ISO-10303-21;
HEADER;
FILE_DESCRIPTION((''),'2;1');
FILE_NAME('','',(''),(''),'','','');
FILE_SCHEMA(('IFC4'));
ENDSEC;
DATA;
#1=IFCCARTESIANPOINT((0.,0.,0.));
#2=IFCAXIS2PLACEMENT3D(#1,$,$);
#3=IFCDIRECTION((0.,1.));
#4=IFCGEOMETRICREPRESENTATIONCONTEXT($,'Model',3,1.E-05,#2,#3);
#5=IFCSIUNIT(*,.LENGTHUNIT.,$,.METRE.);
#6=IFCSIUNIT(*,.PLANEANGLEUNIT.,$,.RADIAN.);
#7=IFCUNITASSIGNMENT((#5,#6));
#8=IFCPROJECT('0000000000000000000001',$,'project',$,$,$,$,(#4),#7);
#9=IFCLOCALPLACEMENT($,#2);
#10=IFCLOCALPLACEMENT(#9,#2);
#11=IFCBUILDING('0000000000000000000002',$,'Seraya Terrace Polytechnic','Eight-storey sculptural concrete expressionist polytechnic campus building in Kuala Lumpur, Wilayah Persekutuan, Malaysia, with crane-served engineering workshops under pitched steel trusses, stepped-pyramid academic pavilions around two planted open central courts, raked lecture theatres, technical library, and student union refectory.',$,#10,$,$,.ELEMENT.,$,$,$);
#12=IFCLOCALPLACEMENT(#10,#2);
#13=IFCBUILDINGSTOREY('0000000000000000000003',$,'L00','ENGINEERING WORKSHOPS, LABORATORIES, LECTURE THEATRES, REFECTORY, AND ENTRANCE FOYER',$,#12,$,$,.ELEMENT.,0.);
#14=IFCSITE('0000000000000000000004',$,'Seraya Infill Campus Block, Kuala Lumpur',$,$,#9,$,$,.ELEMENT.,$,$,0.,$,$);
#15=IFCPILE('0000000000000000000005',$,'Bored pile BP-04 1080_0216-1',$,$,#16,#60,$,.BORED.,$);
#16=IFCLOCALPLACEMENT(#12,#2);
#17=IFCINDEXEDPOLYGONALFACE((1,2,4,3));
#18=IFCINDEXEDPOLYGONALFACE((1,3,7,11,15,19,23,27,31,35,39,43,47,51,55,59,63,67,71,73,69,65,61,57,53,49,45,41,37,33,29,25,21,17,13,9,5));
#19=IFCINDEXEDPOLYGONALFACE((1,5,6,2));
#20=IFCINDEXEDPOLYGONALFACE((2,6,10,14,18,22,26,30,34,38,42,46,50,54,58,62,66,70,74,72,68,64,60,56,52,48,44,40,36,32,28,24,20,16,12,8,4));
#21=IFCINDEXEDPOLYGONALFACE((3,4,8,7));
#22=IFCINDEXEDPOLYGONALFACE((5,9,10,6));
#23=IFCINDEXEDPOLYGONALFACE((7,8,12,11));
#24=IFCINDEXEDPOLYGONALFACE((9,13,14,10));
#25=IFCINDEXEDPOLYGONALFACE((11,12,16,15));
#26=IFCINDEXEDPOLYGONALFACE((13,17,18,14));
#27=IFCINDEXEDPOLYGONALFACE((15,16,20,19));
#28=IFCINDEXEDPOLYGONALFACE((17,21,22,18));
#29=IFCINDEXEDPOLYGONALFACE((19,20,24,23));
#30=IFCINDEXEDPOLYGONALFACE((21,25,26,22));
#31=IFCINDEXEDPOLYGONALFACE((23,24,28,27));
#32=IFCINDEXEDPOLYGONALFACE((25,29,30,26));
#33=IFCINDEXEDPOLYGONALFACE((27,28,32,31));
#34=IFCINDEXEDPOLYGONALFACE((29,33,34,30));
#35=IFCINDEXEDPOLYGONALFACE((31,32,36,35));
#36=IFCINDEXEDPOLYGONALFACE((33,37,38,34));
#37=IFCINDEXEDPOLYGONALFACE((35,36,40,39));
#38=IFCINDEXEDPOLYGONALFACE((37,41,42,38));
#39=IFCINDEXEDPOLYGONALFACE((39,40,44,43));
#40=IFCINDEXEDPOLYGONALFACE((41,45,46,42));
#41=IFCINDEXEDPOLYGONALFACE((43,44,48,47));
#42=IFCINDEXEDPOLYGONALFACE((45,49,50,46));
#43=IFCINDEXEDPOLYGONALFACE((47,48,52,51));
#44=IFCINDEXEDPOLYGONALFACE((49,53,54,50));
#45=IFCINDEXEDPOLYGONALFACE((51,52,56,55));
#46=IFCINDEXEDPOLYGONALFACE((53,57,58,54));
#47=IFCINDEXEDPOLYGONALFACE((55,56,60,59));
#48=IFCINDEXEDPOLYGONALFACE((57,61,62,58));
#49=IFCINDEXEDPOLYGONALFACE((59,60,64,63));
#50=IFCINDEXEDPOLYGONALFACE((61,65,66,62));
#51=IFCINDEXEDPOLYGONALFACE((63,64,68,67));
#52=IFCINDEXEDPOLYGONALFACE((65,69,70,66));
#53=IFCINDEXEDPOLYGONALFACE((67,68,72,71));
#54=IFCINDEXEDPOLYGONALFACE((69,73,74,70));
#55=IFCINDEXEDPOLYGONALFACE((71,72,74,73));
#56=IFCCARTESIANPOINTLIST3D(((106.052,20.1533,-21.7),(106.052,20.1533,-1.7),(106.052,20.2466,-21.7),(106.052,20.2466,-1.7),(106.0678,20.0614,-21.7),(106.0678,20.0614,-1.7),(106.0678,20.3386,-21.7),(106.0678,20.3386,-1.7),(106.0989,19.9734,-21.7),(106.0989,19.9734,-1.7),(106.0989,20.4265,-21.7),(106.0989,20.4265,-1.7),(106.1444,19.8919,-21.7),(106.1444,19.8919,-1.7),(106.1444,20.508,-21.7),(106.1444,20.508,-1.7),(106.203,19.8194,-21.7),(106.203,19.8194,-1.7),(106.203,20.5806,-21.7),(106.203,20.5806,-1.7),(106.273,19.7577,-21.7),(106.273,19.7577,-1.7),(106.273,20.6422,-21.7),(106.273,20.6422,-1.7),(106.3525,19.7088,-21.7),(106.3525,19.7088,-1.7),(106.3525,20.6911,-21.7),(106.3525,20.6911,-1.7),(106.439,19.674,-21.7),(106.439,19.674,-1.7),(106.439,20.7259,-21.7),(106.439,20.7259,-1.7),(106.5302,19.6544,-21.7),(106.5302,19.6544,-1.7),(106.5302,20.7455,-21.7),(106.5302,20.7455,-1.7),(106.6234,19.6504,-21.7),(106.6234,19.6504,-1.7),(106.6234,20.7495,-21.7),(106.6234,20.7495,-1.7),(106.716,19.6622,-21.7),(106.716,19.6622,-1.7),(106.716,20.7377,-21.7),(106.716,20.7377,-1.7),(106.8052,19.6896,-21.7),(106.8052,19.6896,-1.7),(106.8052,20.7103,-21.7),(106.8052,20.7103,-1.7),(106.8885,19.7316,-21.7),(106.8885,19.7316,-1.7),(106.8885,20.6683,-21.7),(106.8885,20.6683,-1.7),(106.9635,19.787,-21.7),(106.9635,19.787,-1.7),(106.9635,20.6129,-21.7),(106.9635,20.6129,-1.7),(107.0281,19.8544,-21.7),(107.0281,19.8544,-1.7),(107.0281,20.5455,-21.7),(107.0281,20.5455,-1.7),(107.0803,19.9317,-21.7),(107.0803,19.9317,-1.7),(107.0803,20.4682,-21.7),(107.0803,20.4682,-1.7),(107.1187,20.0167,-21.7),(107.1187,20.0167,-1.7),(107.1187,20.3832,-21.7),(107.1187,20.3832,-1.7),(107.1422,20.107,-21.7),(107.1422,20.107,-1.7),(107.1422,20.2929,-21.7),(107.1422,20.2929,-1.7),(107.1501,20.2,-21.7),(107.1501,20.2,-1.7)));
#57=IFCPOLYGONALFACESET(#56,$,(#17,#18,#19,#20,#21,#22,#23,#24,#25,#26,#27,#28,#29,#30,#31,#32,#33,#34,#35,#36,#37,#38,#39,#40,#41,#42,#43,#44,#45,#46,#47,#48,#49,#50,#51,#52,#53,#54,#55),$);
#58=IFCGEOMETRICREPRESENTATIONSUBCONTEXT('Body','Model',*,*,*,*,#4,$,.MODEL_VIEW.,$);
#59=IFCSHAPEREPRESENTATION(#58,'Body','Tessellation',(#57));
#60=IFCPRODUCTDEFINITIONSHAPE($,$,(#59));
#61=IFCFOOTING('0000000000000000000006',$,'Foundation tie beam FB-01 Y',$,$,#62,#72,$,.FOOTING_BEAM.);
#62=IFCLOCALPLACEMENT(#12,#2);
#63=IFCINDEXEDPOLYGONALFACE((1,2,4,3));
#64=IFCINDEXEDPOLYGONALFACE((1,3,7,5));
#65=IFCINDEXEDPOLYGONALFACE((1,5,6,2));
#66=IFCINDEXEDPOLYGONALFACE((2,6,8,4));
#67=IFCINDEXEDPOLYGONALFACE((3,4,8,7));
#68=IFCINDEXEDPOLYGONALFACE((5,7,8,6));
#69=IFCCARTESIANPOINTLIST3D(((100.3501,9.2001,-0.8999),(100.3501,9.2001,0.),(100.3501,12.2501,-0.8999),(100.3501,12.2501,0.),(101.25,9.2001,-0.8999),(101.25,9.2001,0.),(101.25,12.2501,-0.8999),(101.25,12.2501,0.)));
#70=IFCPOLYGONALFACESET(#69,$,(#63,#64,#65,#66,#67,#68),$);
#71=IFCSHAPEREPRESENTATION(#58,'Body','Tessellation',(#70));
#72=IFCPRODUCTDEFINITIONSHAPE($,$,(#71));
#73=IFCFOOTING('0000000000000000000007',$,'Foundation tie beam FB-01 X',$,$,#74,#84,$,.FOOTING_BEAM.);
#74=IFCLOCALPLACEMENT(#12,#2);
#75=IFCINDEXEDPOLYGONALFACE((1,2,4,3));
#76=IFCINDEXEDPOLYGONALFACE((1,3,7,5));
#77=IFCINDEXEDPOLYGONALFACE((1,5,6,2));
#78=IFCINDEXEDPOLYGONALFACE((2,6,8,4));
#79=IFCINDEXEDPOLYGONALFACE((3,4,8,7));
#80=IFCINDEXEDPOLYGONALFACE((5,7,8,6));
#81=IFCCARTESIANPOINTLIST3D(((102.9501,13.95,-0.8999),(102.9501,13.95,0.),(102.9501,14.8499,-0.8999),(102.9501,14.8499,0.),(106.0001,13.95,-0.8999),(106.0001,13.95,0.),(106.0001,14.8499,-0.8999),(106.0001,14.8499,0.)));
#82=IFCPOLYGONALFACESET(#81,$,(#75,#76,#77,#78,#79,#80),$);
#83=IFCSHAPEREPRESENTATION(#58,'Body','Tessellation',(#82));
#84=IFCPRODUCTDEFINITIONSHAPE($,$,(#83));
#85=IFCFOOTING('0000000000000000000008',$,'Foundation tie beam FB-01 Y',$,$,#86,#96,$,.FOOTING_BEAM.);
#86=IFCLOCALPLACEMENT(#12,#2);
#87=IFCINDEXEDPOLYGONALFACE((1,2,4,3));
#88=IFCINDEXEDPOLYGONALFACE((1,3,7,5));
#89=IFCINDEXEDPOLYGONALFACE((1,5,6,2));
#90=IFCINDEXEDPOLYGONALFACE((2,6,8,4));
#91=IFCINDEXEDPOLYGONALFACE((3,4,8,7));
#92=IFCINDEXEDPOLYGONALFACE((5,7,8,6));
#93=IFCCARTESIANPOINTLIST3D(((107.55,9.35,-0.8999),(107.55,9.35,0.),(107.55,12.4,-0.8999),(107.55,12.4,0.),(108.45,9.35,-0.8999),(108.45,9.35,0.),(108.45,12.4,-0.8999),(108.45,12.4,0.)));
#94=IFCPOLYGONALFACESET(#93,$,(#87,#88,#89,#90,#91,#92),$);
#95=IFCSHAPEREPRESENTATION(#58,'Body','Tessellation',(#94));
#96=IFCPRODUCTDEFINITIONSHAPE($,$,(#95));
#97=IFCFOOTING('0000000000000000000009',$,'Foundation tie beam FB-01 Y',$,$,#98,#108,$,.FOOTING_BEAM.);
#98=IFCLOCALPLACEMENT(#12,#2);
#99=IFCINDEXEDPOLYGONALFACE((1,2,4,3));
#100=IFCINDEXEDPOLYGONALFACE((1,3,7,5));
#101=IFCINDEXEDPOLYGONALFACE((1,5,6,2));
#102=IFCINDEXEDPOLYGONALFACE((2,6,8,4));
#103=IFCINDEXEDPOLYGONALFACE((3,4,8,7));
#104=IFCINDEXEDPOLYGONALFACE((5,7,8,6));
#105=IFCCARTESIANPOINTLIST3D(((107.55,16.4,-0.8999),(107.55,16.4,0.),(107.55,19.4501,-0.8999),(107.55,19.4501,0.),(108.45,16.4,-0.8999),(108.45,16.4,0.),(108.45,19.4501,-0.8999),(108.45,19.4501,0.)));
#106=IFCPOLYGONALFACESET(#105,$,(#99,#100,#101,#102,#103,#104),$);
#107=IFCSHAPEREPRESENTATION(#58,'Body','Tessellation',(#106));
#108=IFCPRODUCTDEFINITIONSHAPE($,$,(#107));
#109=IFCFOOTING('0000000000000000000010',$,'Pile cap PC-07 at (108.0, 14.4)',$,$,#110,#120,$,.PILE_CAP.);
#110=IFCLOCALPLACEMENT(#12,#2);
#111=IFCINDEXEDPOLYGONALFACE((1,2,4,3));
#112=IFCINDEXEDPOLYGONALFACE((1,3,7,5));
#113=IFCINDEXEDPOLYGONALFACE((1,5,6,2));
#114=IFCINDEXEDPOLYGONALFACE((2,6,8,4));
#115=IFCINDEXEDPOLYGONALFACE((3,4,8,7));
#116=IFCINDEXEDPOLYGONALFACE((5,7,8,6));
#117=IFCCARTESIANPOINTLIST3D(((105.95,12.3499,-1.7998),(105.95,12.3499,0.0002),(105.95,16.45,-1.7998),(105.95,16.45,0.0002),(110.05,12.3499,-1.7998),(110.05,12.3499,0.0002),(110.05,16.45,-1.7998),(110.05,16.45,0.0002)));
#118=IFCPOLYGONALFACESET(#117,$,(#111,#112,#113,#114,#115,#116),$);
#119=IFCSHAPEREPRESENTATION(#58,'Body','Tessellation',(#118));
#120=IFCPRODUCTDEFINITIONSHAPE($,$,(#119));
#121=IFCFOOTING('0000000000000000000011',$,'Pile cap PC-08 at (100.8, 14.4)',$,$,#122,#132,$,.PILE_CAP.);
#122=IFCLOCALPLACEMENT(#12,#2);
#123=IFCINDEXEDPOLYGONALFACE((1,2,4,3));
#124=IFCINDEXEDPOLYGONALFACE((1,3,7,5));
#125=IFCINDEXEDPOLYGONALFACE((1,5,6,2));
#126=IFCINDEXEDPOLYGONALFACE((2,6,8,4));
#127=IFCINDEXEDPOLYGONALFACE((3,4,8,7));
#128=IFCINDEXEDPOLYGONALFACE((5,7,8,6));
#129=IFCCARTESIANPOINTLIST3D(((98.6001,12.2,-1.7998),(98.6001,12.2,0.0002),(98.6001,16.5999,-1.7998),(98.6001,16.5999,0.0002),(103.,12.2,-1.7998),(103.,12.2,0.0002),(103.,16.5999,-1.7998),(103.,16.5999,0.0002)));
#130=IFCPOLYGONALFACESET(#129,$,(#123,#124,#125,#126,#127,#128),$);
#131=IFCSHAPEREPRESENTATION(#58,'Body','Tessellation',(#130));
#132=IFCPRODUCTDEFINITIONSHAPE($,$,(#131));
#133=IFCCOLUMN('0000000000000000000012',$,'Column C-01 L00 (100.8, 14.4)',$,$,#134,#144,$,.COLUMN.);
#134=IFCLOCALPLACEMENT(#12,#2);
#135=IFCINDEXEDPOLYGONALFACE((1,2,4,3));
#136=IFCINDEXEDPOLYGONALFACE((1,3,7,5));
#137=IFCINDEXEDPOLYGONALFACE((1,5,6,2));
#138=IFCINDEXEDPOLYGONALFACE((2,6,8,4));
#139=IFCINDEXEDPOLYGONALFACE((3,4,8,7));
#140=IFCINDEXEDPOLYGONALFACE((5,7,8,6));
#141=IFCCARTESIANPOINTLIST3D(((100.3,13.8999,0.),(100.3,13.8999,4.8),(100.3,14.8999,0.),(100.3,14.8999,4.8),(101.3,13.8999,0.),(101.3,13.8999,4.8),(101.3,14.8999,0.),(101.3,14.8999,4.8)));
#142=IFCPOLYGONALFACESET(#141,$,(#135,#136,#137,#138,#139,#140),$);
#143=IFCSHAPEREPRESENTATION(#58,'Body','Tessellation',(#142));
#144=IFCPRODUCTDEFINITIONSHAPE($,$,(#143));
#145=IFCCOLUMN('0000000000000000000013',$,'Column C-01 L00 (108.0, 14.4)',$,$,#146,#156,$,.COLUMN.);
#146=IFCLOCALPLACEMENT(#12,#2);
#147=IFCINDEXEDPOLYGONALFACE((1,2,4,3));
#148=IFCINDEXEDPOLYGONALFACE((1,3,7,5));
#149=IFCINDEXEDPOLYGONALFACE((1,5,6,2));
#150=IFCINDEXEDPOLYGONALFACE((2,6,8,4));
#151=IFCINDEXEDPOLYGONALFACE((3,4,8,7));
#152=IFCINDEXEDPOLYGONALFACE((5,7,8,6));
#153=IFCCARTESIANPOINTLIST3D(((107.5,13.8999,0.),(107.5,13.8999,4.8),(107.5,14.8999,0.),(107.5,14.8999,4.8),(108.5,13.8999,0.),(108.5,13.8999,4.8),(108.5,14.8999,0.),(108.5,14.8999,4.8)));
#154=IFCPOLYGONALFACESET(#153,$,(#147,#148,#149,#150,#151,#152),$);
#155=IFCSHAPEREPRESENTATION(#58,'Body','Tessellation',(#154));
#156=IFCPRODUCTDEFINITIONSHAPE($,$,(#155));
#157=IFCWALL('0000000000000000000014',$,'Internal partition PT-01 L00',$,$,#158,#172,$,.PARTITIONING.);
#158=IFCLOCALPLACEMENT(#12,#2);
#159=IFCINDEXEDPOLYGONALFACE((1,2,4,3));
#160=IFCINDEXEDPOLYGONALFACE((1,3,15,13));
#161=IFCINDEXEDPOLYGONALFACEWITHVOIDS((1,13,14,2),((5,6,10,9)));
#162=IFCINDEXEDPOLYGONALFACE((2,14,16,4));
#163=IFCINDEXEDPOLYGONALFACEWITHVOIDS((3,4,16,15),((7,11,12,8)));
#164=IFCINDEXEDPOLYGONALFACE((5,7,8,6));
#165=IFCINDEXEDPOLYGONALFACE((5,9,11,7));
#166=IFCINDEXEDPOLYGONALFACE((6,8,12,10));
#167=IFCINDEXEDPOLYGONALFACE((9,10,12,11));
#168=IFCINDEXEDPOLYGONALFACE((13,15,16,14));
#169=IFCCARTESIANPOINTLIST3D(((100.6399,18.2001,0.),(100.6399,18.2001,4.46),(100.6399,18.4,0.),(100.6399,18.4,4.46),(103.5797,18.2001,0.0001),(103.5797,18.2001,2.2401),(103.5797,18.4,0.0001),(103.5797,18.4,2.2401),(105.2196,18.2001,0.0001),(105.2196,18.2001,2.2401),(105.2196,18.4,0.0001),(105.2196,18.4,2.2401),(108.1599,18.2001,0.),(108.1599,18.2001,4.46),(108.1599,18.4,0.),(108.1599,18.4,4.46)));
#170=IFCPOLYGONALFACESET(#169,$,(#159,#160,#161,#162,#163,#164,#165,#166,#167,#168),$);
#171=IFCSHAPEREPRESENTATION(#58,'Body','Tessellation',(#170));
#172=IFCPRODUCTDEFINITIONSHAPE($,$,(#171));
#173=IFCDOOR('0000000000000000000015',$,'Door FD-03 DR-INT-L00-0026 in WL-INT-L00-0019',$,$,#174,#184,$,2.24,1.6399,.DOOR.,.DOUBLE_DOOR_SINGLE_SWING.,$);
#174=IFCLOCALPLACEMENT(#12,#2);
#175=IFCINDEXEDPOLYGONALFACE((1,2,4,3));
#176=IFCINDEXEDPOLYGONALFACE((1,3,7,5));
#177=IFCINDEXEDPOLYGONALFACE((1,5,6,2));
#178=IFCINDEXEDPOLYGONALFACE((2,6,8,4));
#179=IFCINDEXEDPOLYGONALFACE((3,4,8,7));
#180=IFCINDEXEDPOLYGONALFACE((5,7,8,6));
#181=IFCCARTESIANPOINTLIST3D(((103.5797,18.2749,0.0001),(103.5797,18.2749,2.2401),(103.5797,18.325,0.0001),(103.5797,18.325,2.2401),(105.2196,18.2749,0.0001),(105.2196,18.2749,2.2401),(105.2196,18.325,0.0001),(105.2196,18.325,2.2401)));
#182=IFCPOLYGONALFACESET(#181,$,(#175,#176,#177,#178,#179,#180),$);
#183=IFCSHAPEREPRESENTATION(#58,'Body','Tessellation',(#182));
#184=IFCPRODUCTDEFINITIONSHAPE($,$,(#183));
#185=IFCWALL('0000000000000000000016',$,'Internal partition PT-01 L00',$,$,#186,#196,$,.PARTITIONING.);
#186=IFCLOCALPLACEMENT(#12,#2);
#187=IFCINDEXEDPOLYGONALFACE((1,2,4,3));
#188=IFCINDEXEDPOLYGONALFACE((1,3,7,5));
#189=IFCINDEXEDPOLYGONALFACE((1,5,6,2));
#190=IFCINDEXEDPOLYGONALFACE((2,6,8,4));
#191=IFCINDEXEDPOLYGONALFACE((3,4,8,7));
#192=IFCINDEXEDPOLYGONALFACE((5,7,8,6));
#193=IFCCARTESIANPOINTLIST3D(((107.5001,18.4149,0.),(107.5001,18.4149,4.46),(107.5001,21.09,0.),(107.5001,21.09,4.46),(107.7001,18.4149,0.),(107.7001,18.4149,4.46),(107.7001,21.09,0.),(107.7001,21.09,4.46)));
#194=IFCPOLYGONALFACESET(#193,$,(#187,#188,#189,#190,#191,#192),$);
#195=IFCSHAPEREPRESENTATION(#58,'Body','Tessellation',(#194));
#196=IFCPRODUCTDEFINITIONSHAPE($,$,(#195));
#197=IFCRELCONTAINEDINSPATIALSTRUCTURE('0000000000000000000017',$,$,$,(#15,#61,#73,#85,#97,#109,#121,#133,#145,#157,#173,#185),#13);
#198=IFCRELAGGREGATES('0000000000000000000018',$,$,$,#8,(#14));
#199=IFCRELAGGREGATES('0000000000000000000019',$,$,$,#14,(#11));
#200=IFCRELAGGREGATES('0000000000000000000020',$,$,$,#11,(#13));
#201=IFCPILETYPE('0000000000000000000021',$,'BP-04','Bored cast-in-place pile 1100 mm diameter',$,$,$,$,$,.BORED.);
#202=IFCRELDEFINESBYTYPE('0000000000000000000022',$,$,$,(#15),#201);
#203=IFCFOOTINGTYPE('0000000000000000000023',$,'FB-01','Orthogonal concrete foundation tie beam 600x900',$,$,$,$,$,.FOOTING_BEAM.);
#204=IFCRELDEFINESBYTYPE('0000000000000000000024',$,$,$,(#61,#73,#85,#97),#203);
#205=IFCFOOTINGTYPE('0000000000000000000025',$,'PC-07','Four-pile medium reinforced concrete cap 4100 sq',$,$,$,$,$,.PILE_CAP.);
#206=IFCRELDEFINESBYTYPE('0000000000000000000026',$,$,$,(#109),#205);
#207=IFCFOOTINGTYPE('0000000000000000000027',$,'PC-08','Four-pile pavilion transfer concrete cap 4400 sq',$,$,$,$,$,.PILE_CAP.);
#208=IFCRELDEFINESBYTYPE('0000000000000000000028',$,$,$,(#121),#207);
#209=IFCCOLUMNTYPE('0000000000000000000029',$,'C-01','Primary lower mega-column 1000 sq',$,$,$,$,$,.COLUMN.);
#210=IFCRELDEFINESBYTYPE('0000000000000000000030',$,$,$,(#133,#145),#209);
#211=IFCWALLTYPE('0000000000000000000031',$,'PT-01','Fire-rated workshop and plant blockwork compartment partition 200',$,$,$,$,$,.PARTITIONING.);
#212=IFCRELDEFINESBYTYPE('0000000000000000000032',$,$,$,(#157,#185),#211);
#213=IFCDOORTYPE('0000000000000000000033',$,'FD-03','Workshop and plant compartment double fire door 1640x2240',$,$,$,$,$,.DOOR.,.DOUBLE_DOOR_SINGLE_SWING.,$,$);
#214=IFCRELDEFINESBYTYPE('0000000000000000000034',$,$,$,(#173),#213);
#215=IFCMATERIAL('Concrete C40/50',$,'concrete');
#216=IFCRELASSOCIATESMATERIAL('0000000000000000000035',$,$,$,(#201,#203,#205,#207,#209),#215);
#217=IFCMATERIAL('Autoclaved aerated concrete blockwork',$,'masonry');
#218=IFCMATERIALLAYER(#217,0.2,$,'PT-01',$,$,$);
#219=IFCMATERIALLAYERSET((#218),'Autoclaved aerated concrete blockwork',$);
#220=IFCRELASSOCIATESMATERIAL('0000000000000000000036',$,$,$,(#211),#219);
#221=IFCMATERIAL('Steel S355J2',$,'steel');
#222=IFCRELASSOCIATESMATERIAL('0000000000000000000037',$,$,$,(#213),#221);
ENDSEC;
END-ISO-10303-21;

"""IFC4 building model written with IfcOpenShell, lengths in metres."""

from ifc_helpers import new_model, si_unit, direction, frame, frame_2d, origin, origin_2d, place, context, subcontext, project, spatial, rectangle, circle, extrude, material, layer, layer_set, material_profile, profile_set, type_object, element, fill, save


model = new_model("IFC4")

# Units and contexts
model_context = context("Model", 3, precision=1e-05, world=origin(), true_north=direction((0.0, 1.0)))
body_context = subcontext(model_context, "Body", "Model", "MODEL_VIEW")
ifc_project = project(units=[si_unit("LENGTHUNIT", "METRE"), si_unit("PLANEANGLEUNIT", "RADIAN")], contexts=[model_context])

# Site, building, storey
site_placement = place(None, origin())
site = spatial("IfcSite", under=ifc_project, at=site_placement, Name="Seraya Infill Campus Block, Kuala Lumpur", CompositionType="ELEMENT", RefElevation=0.0)
building_placement = place(site_placement, origin())
building = spatial("IfcBuilding", under=site, at=building_placement, Name="Seraya Terrace Polytechnic", Description="Eight-storey sculptural concrete expressionist polytechnic campus building in Kuala Lumpur, Wilayah Persekutuan, Malaysia, with crane-served engineering workshops under pitched steel trusses, stepped-pyramid academic pavilions around two planted open central courts, raked lecture theatres, technical library, and student union refectory.", CompositionType="ELEMENT")
storey_placement = place(building_placement, origin())
storey = spatial("IfcBuildingStorey", under=building, at=storey_placement, Name="L00", Description="ENGINEERING WORKSHOPS, LABORATORIES, LECTURE THEATRES, REFECTORY, AND ENTRANCE FOYER", CompositionType="ELEMENT", Elevation=0.0)

# Pile
ifc_material_1 = material(Name="Concrete C40/50", Category="concrete")
ifc_material_profile_1 = material_profile(ifc_material_1, circle(Radius=0.55, at=origin_2d()), Name="DIA 1100")
ifc_profile_set_1 = profile_set([ifc_material_profile_1], Name="Concrete C40/50")
pile_type_1 = type_object("IfcPileType", Name="BP-04", Description="Bored cast-in-place pile 1100 mm diameter", PredefinedType="BORED", material=ifc_profile_set_1)
for number, where, z_axis, x_axis, name in (
    (1, (106.6001, 20.2, -1.7), (0.0, 0.0, -1.0), (1.0, 0.0, 0.0), "Bored pile BP-04 1080_0216-1"),
):
    element("IfcPile", number, at=place(storey_placement, frame(where, z_axis=z_axis, x_axis=x_axis)), inside=storey, type_object=pile_type_1, Name=name, PredefinedType="BORED", context=body_context, shape_type="SweptSolid", body=[
        extrude(circle(Radius=0.55, at=origin_2d()), origin(), (0.0, 0.0, 1.0), 20.0),
    ])

# Footings
footing_type_1 = type_object("IfcFootingType", Name="FB-01", Description="Orthogonal concrete foundation tie beam 600x900", PredefinedType="FOOTING_BEAM", material=ifc_material_1)
for number, where, z_axis, x_axis, name in (
    (2, (100.8, 10.7251, -0.8999), (0.0, 0.0, 1.0), (0.0, 1.0, 0.0), "Foundation tie beam FB-01 Y"),
    (3, (104.4751, 14.3999, -0.8999), (0.0, 0.0, 1.0), (1.0, 0.0, 0.0), "Foundation tie beam FB-01 X"),
    (4, (108.0, 10.875, -0.8999), (0.0, 0.0, 1.0), (0.0, 1.0, 0.0), "Foundation tie beam FB-01 Y"),
    (5, (108.0, 17.925, -0.8999), (0.0, 0.0, 1.0), (0.0, 1.0, 0.0), "Foundation tie beam FB-01 Y"),
):
    element("IfcFooting", number, at=place(storey_placement, frame(where, z_axis=z_axis, x_axis=x_axis)), inside=storey, type_object=footing_type_1, Name=name, PredefinedType="FOOTING_BEAM", context=body_context, shape_type="SweptSolid", body=[
        extrude(rectangle(XDim=3.05, YDim=0.8999, at=origin_2d()), origin(), (0.0, 0.0, 1.0), 0.8999),
    ])
footing_type_2 = type_object("IfcFootingType", Name="PC-07", Description="Four-pile medium reinforced concrete cap 4100 sq", PredefinedType="PILE_CAP", material=ifc_material_1)
footing_1_placement = place(storey_placement, frame((108.0, 14.3999, -1.7998), z_axis=(0.0, 0.0, 1.0), x_axis=(1.0, 0.0, 0.0)))
element("IfcFooting", 6, at=footing_1_placement, inside=storey, type_object=footing_type_2, Name="Pile cap PC-07 at (108.0, 14.4)", PredefinedType="PILE_CAP", context=body_context, shape_type="SweptSolid", body=[
    extrude(rectangle(XDim=4.1001, YDim=4.1001, at=origin_2d()), origin(), (0.0, 0.0, 1.0), 1.8),
])
footing_type_3 = type_object("IfcFootingType", Name="PC-08", Description="Four-pile pavilion transfer concrete cap 4400 sq", PredefinedType="PILE_CAP", material=ifc_material_1)
footing_2_placement = place(storey_placement, frame((100.8, 14.3999, -1.7998), z_axis=(0.0, 0.0, 1.0), x_axis=(1.0, 0.0, 0.0)))
element("IfcFooting", 7, at=footing_2_placement, inside=storey, type_object=footing_type_3, Name="Pile cap PC-08 at (100.8, 14.4)", PredefinedType="PILE_CAP", context=body_context, shape_type="SweptSolid", body=[
    extrude(rectangle(XDim=4.3999, YDim=4.3999, at=origin_2d()), origin(), (0.0, 0.0, 1.0), 1.8),
])

# Columns
ifc_material_profile_2 = material_profile(ifc_material_1, rectangle(XDim=1.0, YDim=1.0, at=origin_2d()), Name="RC 1000x1000")
ifc_profile_set_2 = profile_set([ifc_material_profile_2], Name="Concrete C40/50")
column_type = type_object("IfcColumnType", Name="C-01", Description="Primary lower mega-column 1000 sq", PredefinedType="COLUMN", material=ifc_profile_set_2)
for number, where, z_axis, x_axis, name in (
    (8, (100.8, 14.3999, 0.0), (0.0, 0.0, 1.0), (1.0, 0.0, 0.0), "Column C-01 L00 (100.8, 14.4)"),
    (9, (108.0, 14.3999, 0.0), (0.0, 0.0, 1.0), (1.0, 0.0, 0.0), "Column C-01 L00 (108.0, 14.4)"),
):
    element("IfcColumn", number, at=place(storey_placement, frame(where, z_axis=z_axis, x_axis=x_axis)), inside=storey, type_object=column_type, Name=name, PredefinedType="COLUMN", context=body_context, shape_type="SweptSolid", body=[
        extrude(rectangle(XDim=1.0, YDim=1.0, at=origin_2d()), origin(), (0.0, 0.0, 1.0), 4.8),
    ])

# Wall, opening, door
ifc_material_2 = material(Name="Autoclaved aerated concrete blockwork", Category="masonry")
ifc_layer_1 = layer(ifc_material_2, 0.2, Name="PT-01")
ifc_layer_set_1 = layer_set([ifc_layer_1], Name="Autoclaved aerated concrete blockwork")
wall_type_1 = type_object("IfcWallType", Name="PT-01", Description="Fire-rated workshop and plant blockwork compartment partition 200", PredefinedType="PARTITIONING", material=ifc_layer_set_1)
wall_1_placement = place(storey_placement, frame((100.6399, 18.3, 0.0), z_axis=(0.0, 0.0, 1.0), x_axis=(1.0, 0.0, 0.0)))
wall_1 = element("IfcWall", 10, at=wall_1_placement, inside=storey, type_object=wall_type_1, Name="Internal partition PT-01 L00", PredefinedType="PARTITIONING", context=body_context, shape_type="SweptSolid", body=[
    extrude(rectangle(XDim=7.52, YDim=0.2, at=frame_2d((3.76, 0.0))), origin(), (0.0, 0.0, 1.0), 4.46),
])
opening_1_placement = place(wall_1_placement, frame((2.9399, 0.0, 0.0)))
opening_1 = element("IfcOpeningElement", 11, at=opening_1_placement, cuts=wall_1, PredefinedType="OPENING", context=body_context, shape_type="SweptSolid", body=[
    extrude(rectangle(XDim=1.6399, YDim=2.24, at=frame_2d((0.8198, 1.1201))), frame((0.0, 0.1118, 0.0), z_axis=(0.0, -1.0, 0.0), x_axis=(1.0, 0.0, 0.0)), (0.0, 0.0, 1.0), 0.2239),
])
ifc_material_3 = material(Name="Steel S355J2", Category="steel")
door_type_1 = type_object("IfcDoorType", Name="FD-03", Description="Workshop and plant compartment double fire door 1640x2240", OperationType="DOUBLE_DOOR_SINGLE_SWING", PredefinedType="DOOR", material=ifc_material_3)
door_1_placement = place(opening_1_placement, origin())
door_1 = element("IfcDoor", 12, at=door_1_placement, inside=storey, type_object=door_type_1, Name="Door FD-03 DR-INT-L00-0026 in WL-INT-L00-0019", OperationType="DOUBLE_DOOR_SINGLE_SWING", OverallHeight=2.24, OverallWidth=1.6399, PredefinedType="DOOR", context=body_context, shape_type="SweptSolid", body=[
    extrude(rectangle(XDim=1.6399, YDim=2.24, at=frame_2d((0.8198, 1.1201))), frame((0.0, 0.0249, 0.0), z_axis=(0.0, -1.0, 0.0), x_axis=(1.0, 0.0, 0.0)), (0.0, 0.0, 1.0), 0.05),
])
fill(opening_1, door_1)

# Wall
wall_2_placement = place(storey_placement, frame((107.6001, 18.415, 0.0), z_axis=(0.0, 0.0, 1.0), x_axis=(0.0, 1.0, 0.0)))
element("IfcWall", 13, at=wall_2_placement, inside=storey, type_object=wall_type_1, Name="Internal partition PT-01 L00", PredefinedType="PARTITIONING", context=body_context, shape_type="SweptSolid", body=[
    extrude(rectangle(XDim=2.675, YDim=0.2, at=frame_2d((1.3374, 0.0))), origin(), (0.0, 0.0, 1.0), 4.46),
])

save(model, "model.ifc")
